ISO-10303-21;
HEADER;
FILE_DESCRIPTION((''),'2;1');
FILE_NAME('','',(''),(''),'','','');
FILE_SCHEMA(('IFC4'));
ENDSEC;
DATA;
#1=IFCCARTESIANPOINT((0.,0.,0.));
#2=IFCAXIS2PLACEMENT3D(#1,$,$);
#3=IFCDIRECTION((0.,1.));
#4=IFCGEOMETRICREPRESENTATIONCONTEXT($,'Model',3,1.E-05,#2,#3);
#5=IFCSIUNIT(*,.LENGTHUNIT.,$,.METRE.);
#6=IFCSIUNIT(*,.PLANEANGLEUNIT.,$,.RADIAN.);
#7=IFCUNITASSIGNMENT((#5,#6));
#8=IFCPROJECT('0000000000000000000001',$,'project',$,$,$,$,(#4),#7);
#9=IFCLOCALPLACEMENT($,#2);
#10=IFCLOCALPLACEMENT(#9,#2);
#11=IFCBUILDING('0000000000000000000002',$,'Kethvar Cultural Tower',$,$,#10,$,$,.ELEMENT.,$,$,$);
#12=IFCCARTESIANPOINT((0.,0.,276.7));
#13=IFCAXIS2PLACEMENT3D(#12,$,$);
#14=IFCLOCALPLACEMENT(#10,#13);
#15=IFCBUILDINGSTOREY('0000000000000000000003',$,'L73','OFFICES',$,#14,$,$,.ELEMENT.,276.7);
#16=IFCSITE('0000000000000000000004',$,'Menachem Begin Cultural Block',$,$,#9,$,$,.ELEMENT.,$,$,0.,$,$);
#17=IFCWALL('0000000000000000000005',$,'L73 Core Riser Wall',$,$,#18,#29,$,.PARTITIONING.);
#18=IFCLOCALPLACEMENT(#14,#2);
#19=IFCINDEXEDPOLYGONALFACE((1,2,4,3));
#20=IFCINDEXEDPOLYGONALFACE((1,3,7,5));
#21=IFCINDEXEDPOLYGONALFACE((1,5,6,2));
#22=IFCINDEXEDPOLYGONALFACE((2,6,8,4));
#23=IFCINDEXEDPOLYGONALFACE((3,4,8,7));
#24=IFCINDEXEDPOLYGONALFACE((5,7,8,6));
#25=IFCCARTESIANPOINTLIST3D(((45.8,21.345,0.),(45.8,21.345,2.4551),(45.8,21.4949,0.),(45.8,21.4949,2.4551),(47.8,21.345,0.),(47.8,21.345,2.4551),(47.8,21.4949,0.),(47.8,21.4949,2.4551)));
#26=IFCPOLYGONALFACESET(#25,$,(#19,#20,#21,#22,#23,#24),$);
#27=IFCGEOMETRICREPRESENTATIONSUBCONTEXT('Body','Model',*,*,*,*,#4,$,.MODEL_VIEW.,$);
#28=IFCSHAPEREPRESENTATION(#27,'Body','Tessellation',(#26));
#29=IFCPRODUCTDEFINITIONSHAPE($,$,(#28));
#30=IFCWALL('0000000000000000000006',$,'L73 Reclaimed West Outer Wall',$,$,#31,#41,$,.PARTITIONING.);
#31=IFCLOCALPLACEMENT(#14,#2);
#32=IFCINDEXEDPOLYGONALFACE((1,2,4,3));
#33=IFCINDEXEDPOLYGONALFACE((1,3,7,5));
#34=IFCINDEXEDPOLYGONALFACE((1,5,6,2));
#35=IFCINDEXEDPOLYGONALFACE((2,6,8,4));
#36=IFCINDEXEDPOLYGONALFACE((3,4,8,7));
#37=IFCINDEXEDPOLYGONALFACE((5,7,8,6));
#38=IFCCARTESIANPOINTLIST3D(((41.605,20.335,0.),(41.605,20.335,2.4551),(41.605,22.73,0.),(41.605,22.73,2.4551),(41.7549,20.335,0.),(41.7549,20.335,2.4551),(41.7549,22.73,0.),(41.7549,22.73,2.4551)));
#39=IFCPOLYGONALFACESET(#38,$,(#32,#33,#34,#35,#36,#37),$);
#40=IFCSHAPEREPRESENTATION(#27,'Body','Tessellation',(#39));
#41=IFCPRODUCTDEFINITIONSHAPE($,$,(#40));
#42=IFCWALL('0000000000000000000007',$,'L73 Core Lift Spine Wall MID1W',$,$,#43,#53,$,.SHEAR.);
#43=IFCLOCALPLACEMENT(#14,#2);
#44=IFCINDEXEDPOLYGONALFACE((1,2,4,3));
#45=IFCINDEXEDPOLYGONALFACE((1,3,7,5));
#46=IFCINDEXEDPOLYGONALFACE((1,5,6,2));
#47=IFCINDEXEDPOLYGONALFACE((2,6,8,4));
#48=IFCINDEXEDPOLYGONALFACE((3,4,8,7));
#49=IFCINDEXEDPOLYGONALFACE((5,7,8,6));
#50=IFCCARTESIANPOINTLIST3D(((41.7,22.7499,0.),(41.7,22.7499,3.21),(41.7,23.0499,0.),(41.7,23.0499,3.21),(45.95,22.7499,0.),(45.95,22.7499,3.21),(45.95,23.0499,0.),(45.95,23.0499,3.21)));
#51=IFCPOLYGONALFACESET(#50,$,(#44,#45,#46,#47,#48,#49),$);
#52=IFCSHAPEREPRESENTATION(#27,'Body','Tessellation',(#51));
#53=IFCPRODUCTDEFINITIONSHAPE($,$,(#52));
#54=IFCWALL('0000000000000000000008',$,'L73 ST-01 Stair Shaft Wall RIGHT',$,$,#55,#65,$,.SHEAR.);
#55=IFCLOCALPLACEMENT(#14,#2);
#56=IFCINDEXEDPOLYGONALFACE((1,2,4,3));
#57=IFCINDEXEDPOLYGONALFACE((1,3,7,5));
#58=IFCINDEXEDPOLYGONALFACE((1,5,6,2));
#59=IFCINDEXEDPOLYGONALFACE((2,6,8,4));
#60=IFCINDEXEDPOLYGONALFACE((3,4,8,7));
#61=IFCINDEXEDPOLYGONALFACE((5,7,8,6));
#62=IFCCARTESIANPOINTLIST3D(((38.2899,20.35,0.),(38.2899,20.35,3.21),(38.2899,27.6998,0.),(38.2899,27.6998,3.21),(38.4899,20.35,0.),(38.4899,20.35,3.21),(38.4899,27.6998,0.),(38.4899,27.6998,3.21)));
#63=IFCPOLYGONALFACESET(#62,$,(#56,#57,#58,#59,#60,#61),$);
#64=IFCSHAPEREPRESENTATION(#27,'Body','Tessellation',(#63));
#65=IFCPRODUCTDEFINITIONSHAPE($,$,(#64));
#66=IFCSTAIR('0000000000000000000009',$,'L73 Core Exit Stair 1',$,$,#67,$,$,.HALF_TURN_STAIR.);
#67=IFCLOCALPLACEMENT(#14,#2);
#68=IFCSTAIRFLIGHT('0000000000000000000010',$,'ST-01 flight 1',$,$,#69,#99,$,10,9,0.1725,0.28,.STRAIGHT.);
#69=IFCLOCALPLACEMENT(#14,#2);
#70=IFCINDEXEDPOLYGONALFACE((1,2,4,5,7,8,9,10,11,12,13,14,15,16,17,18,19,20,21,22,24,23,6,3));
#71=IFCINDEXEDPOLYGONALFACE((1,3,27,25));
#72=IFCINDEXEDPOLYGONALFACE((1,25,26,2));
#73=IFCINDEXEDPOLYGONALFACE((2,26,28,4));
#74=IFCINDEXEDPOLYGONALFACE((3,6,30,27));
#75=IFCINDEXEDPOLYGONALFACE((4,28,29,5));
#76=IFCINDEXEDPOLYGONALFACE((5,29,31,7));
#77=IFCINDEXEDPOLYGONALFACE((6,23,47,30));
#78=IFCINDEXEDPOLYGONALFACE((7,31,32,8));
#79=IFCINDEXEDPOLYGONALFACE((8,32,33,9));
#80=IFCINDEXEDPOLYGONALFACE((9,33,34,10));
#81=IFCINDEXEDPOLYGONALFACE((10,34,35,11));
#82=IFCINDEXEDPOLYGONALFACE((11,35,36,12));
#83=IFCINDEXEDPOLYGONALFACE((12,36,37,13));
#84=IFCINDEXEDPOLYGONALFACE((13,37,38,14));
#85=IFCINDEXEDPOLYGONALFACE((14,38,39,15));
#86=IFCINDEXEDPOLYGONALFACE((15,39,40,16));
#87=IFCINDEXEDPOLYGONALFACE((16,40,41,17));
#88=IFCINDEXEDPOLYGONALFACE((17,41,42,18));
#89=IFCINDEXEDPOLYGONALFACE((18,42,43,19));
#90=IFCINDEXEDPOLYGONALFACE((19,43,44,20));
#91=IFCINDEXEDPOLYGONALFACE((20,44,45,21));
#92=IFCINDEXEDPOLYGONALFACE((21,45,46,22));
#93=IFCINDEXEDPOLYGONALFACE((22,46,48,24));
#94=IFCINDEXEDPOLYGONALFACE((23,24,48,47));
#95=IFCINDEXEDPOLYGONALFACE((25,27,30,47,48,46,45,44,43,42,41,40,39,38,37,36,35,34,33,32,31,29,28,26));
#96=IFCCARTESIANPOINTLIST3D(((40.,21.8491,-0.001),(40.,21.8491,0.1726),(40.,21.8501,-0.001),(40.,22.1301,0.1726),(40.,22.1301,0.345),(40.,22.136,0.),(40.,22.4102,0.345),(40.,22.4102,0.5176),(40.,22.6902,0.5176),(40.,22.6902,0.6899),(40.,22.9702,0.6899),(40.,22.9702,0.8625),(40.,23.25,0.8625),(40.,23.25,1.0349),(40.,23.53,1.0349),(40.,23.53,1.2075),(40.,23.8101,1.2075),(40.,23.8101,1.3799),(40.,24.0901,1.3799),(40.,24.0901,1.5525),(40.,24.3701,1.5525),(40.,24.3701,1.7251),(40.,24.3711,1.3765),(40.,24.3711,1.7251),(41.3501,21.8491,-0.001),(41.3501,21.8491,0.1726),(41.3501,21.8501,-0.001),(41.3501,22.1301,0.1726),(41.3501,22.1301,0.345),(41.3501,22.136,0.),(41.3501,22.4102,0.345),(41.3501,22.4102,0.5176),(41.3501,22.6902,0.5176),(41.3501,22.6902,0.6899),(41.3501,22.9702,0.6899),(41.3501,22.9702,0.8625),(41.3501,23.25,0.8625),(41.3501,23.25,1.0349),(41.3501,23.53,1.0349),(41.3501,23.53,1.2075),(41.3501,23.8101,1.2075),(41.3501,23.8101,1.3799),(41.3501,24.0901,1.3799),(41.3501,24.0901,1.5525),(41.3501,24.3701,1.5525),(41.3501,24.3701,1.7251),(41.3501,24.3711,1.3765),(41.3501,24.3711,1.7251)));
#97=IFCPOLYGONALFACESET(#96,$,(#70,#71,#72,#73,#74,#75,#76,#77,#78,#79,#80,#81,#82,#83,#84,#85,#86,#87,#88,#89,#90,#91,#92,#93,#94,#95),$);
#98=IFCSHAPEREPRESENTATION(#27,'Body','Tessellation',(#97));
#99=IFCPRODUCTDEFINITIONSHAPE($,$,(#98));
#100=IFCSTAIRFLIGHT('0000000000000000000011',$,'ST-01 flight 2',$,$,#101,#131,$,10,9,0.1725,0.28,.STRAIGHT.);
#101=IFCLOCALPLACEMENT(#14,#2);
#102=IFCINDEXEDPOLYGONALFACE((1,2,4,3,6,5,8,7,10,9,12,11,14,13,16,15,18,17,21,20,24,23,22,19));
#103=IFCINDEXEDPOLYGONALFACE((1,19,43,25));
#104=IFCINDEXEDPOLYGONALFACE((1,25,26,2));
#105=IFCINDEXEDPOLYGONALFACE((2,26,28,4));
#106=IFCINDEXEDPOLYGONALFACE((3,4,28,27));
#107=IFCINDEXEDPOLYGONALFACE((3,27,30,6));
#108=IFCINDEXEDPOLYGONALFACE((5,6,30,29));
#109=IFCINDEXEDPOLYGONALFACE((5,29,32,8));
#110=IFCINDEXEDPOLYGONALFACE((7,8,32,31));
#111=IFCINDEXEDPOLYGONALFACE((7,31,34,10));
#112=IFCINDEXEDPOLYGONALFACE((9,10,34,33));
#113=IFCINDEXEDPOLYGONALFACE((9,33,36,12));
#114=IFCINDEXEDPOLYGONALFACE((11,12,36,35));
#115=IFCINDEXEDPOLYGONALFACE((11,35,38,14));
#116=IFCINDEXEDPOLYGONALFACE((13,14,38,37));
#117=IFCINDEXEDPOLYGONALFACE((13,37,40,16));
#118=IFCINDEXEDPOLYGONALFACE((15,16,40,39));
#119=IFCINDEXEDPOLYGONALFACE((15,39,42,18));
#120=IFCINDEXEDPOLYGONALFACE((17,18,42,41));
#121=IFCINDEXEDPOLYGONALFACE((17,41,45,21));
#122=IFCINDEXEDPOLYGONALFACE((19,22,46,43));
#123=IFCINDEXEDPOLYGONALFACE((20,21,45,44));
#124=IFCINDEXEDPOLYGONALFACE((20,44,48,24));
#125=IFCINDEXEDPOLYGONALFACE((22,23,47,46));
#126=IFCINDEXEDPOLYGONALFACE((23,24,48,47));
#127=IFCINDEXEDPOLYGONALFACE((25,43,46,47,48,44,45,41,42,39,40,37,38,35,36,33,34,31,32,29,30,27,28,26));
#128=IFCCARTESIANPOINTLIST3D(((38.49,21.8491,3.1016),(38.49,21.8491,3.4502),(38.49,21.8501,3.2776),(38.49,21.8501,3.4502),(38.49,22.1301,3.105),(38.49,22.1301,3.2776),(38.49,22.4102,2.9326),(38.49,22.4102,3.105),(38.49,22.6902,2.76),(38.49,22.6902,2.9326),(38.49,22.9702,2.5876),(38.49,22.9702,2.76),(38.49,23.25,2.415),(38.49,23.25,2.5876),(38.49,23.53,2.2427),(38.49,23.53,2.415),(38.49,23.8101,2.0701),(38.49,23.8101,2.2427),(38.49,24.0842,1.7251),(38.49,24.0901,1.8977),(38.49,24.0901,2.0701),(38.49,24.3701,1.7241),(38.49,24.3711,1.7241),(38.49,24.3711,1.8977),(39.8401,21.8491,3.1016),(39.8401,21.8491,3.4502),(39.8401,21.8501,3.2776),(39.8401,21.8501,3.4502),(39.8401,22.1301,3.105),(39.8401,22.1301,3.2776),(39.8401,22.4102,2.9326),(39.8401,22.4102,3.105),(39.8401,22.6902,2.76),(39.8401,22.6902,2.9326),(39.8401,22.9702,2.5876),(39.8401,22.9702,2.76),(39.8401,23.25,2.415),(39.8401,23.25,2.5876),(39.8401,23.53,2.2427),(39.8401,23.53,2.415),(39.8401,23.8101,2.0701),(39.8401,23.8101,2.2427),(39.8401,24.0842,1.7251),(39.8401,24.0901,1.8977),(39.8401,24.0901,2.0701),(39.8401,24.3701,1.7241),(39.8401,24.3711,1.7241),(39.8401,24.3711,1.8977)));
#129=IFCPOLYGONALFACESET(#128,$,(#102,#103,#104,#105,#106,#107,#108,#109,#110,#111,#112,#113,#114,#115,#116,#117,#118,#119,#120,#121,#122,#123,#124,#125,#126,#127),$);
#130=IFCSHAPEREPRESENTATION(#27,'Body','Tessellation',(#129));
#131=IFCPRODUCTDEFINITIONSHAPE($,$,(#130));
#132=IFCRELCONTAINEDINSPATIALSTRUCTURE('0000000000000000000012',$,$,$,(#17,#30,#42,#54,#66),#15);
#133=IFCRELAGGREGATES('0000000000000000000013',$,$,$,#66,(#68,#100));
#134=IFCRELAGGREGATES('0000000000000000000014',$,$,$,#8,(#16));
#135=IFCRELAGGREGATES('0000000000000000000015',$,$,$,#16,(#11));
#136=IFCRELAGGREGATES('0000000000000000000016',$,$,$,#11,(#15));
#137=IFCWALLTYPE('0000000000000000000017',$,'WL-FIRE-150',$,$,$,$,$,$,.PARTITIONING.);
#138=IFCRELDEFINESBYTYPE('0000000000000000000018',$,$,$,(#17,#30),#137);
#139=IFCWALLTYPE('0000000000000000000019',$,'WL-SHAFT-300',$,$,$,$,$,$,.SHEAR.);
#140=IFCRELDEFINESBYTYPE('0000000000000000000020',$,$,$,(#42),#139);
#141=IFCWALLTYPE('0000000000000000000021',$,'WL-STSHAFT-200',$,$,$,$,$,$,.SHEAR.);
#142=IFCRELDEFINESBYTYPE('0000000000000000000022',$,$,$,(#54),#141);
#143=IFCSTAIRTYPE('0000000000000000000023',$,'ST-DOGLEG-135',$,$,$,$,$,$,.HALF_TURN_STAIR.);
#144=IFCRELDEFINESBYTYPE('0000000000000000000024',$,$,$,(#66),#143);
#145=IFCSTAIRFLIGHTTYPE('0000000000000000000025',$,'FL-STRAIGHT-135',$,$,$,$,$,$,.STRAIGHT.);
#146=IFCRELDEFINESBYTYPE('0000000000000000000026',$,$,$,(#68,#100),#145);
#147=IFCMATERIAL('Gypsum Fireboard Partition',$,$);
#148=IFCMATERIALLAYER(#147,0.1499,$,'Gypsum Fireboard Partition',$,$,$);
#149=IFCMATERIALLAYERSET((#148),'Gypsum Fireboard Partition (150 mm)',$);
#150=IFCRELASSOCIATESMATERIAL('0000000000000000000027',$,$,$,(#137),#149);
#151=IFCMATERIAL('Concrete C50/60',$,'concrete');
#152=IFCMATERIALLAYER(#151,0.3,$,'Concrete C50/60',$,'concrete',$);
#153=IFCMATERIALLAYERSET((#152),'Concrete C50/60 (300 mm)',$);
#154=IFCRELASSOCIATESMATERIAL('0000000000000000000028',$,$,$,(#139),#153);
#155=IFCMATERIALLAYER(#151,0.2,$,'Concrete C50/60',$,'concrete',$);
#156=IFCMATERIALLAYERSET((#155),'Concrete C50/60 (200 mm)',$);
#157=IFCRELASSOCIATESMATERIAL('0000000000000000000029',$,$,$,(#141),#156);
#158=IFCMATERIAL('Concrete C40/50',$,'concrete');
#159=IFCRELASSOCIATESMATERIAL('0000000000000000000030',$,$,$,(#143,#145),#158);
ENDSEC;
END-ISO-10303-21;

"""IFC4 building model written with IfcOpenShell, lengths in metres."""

from ifc_helpers import new_model, si_unit, direction, frame, frame_2d, origin, place, context, subcontext, project, spatial, polyline, rectangle, outline, extrude, material, layer, layer_set, type_object, element, aggregate, save


model = new_model("IFC4")

# Units and contexts
model_context = context("Model", 3, precision=1e-05, world=origin(), true_north=direction((0.0, 1.0)))
body_context = subcontext(model_context, "Body", "Model", "MODEL_VIEW")
ifc_project = project(units=[si_unit("LENGTHUNIT", "METRE"), si_unit("PLANEANGLEUNIT", "RADIAN")], contexts=[model_context])

# Site, building, storey
site_placement = place(None, origin())
site = spatial("IfcSite", under=ifc_project, at=site_placement, Name="Menachem Begin Cultural Block", CompositionType="ELEMENT", RefElevation=0.0)
building_placement = place(site_placement, origin())
building = spatial("IfcBuilding", under=site, at=building_placement, Name="Kethvar Cultural Tower", CompositionType="ELEMENT")
storey_placement = place(building_placement, frame((0.0, 0.0, 276.7)))
storey = spatial("IfcBuildingStorey", under=building, at=storey_placement, Name="L73", Description="OFFICES", CompositionType="ELEMENT", Elevation=276.7)

# Shared definitions
ifc_material_1 = material(Name="Concrete C50/60", Category="concrete")

# Walls
ifc_material_2 = material(Name="Gypsum Fireboard Partition")
ifc_layer_1 = layer(ifc_material_2, 0.1499, Name="Gypsum Fireboard Partition")
ifc_layer_set_1 = layer_set([ifc_layer_1], Name="Gypsum Fireboard Partition (150 mm)")
wall_type_1 = type_object("IfcWallType", Name="WL-FIRE-150", PredefinedType="PARTITIONING", material=ifc_layer_set_1)
wall_1_placement = place(storey_placement, frame((45.8, 21.4199, 0.0), z_axis=(0.0, 0.0, 1.0), x_axis=(1.0, 0.0, 0.0)))
element("IfcWall", 1, at=wall_1_placement, inside=storey, type_object=wall_type_1, Name="L73 Core Riser Wall", PredefinedType="PARTITIONING", context=body_context, shape_type="SweptSolid", body=[
    extrude(rectangle(XDim=2.0, YDim=0.1499, at=frame_2d((1.0, 0.0))), origin(), (0.0, 0.0, 1.0), 2.4551),
])
wall_2_placement = place(storey_placement, frame((41.6799, 20.335, 0.0), z_axis=(0.0, 0.0, 1.0), x_axis=(0.0, 1.0, 0.0)))
element("IfcWall", 2, at=wall_2_placement, inside=storey, type_object=wall_type_1, Name="L73 Reclaimed West Outer Wall", PredefinedType="PARTITIONING", context=body_context, shape_type="SweptSolid", body=[
    extrude(rectangle(XDim=2.395, YDim=0.1499, at=frame_2d((1.1975, 0.0))), origin(), (0.0, 0.0, 1.0), 2.4551),
])

# Walls
ifc_layer_2 = layer(ifc_material_1, 0.3, Name="Concrete C50/60", Category="concrete")
ifc_layer_set_2 = layer_set([ifc_layer_2], Name="Concrete C50/60 (300 mm)")
wall_type_2 = type_object("IfcWallType", Name="WL-SHAFT-300", PredefinedType="SHEAR", material=ifc_layer_set_2)
wall_3_placement = place(storey_placement, frame((41.7, 22.8999, 0.0), z_axis=(0.0, 0.0, 1.0), x_axis=(1.0, 0.0, 0.0)))
element("IfcWall", 3, at=wall_3_placement, inside=storey, type_object=wall_type_2, Name="L73 Core Lift Spine Wall MID1W", PredefinedType="SHEAR", context=body_context, shape_type="SweptSolid", body=[
    extrude(rectangle(XDim=4.25, YDim=0.3, at=frame_2d((2.125, 0.0))), origin(), (0.0, 0.0, 1.0), 3.21),
])
ifc_layer_3 = layer(ifc_material_1, 0.2, Name="Concrete C50/60", Category="concrete")
ifc_layer_set_3 = layer_set([ifc_layer_3], Name="Concrete C50/60 (200 mm)")
wall_type_3 = type_object("IfcWallType", Name="WL-STSHAFT-200", PredefinedType="SHEAR", material=ifc_layer_set_3)
wall_4_placement = place(storey_placement, frame((38.3899, 20.3501, 0.0), z_axis=(0.0, 0.0, 1.0), x_axis=(0.0, 1.0, 0.0)))
element("IfcWall", 4, at=wall_4_placement, inside=storey, type_object=wall_type_3, Name="L73 ST-01 Stair Shaft Wall RIGHT", PredefinedType="SHEAR", context=body_context, shape_type="SweptSolid", body=[
    extrude(rectangle(XDim=7.3499, YDim=0.2, at=frame_2d((3.6748, 0.0))), origin(), (0.0, 0.0, 1.0), 3.21),
])

# Stair, stair flights
ifc_material_3 = material(Name="Concrete C40/50", Category="concrete")
stair_type = type_object("IfcStairType", Name="ST-DOGLEG-135", PredefinedType="HALF_TURN_STAIR", material=ifc_material_3)
stair_placement = place(storey_placement, origin())
stair = element("IfcStair", 5, at=stair_placement, inside=storey, type_object=stair_type, Name="L73 Core Exit Stair 1", PredefinedType="HALF_TURN_STAIR")
stair_flight_type = type_object("IfcStairFlightType", Name="FL-STRAIGHT-135", PredefinedType="STRAIGHT", material=ifc_material_3)
stair_flight_1_placement = place(storey_placement, frame((40.675, 21.8501, 0.0), z_axis=(0.0, 0.0, 1.0), x_axis=(0.0, 1.0, 0.0)))
stair_flight_1 = element("IfcStairFlight", 6, at=stair_flight_1_placement, type_object=stair_flight_type, Name="ST-01 flight 1", NumberOfRisers=10, NumberOfTreads=9, PredefinedType="STRAIGHT", RiserHeight=0.1725, TreadLength=0.28, context=body_context, shape_type="SweptSolid", body=[
    extrude(outline(polyline([(-0.001, -0.001), (-0.001, 0.1726), (0.28, 0.1726), (0.28, 0.345), (0.5601, 0.345), (0.5601, 0.5176), (0.8401, 0.5176), (0.8401, 0.6899), (1.1201, 0.6899), (1.1201, 0.8625), (1.3999, 0.8625), (1.3999, 1.0349), (1.6799, 1.0349), (1.6799, 1.2075), (1.96, 1.2075), (1.96, 1.3799), (2.24, 1.3799), (2.24, 1.5525), (2.52, 1.5525), (2.52, 1.7251), (2.521, 1.7251), (2.521, 1.3765), (0.2859, 0.0), (0.0, -0.001), (-0.001, -0.001)])), frame((0.0, 0.675, 0.0), z_axis=(0.0, -1.0, 0.0), x_axis=(1.0, 0.0, 0.0)), (0.0, 0.0, 1.0), 1.3501),
])
stair_flight_2_placement = place(storey_placement, frame((39.165, 24.3701, 1.7251), z_axis=(0.0, 0.0, 1.0), x_axis=(0.0, -1.0, 0.0)))
stair_flight_2 = element("IfcStairFlight", 7, at=stair_flight_2_placement, type_object=stair_flight_type, Name="ST-01 flight 2", NumberOfRisers=10, NumberOfTreads=9, PredefinedType="STRAIGHT", RiserHeight=0.1725, TreadLength=0.28, context=body_context, shape_type="SweptSolid", body=[
    extrude(outline(polyline([(-0.001, -0.001), (-0.001, 0.1726), (0.28, 0.1726), (0.28, 0.345), (0.5601, 0.345), (0.5601, 0.5176), (0.8401, 0.5176), (0.8401, 0.6899), (1.1201, 0.6899), (1.1201, 0.8625), (1.3999, 0.8625), (1.3999, 1.0349), (1.6799, 1.0349), (1.6799, 1.2075), (1.96, 1.2075), (1.96, 1.3799), (2.24, 1.3799), (2.24, 1.5525), (2.52, 1.5525), (2.52, 1.7251), (2.521, 1.7251), (2.521, 1.3765), (0.2859, 0.0), (0.0, -0.001), (-0.001, -0.001)])), frame((0.0, 0.675, 0.0), z_axis=(0.0, -1.0, 0.0), x_axis=(1.0, 0.0, 0.0)), (0.0, 0.0, 1.0), 1.3501),
])
aggregate(stair, [stair_flight_1, stair_flight_2])

save(model, "model.ifc")
